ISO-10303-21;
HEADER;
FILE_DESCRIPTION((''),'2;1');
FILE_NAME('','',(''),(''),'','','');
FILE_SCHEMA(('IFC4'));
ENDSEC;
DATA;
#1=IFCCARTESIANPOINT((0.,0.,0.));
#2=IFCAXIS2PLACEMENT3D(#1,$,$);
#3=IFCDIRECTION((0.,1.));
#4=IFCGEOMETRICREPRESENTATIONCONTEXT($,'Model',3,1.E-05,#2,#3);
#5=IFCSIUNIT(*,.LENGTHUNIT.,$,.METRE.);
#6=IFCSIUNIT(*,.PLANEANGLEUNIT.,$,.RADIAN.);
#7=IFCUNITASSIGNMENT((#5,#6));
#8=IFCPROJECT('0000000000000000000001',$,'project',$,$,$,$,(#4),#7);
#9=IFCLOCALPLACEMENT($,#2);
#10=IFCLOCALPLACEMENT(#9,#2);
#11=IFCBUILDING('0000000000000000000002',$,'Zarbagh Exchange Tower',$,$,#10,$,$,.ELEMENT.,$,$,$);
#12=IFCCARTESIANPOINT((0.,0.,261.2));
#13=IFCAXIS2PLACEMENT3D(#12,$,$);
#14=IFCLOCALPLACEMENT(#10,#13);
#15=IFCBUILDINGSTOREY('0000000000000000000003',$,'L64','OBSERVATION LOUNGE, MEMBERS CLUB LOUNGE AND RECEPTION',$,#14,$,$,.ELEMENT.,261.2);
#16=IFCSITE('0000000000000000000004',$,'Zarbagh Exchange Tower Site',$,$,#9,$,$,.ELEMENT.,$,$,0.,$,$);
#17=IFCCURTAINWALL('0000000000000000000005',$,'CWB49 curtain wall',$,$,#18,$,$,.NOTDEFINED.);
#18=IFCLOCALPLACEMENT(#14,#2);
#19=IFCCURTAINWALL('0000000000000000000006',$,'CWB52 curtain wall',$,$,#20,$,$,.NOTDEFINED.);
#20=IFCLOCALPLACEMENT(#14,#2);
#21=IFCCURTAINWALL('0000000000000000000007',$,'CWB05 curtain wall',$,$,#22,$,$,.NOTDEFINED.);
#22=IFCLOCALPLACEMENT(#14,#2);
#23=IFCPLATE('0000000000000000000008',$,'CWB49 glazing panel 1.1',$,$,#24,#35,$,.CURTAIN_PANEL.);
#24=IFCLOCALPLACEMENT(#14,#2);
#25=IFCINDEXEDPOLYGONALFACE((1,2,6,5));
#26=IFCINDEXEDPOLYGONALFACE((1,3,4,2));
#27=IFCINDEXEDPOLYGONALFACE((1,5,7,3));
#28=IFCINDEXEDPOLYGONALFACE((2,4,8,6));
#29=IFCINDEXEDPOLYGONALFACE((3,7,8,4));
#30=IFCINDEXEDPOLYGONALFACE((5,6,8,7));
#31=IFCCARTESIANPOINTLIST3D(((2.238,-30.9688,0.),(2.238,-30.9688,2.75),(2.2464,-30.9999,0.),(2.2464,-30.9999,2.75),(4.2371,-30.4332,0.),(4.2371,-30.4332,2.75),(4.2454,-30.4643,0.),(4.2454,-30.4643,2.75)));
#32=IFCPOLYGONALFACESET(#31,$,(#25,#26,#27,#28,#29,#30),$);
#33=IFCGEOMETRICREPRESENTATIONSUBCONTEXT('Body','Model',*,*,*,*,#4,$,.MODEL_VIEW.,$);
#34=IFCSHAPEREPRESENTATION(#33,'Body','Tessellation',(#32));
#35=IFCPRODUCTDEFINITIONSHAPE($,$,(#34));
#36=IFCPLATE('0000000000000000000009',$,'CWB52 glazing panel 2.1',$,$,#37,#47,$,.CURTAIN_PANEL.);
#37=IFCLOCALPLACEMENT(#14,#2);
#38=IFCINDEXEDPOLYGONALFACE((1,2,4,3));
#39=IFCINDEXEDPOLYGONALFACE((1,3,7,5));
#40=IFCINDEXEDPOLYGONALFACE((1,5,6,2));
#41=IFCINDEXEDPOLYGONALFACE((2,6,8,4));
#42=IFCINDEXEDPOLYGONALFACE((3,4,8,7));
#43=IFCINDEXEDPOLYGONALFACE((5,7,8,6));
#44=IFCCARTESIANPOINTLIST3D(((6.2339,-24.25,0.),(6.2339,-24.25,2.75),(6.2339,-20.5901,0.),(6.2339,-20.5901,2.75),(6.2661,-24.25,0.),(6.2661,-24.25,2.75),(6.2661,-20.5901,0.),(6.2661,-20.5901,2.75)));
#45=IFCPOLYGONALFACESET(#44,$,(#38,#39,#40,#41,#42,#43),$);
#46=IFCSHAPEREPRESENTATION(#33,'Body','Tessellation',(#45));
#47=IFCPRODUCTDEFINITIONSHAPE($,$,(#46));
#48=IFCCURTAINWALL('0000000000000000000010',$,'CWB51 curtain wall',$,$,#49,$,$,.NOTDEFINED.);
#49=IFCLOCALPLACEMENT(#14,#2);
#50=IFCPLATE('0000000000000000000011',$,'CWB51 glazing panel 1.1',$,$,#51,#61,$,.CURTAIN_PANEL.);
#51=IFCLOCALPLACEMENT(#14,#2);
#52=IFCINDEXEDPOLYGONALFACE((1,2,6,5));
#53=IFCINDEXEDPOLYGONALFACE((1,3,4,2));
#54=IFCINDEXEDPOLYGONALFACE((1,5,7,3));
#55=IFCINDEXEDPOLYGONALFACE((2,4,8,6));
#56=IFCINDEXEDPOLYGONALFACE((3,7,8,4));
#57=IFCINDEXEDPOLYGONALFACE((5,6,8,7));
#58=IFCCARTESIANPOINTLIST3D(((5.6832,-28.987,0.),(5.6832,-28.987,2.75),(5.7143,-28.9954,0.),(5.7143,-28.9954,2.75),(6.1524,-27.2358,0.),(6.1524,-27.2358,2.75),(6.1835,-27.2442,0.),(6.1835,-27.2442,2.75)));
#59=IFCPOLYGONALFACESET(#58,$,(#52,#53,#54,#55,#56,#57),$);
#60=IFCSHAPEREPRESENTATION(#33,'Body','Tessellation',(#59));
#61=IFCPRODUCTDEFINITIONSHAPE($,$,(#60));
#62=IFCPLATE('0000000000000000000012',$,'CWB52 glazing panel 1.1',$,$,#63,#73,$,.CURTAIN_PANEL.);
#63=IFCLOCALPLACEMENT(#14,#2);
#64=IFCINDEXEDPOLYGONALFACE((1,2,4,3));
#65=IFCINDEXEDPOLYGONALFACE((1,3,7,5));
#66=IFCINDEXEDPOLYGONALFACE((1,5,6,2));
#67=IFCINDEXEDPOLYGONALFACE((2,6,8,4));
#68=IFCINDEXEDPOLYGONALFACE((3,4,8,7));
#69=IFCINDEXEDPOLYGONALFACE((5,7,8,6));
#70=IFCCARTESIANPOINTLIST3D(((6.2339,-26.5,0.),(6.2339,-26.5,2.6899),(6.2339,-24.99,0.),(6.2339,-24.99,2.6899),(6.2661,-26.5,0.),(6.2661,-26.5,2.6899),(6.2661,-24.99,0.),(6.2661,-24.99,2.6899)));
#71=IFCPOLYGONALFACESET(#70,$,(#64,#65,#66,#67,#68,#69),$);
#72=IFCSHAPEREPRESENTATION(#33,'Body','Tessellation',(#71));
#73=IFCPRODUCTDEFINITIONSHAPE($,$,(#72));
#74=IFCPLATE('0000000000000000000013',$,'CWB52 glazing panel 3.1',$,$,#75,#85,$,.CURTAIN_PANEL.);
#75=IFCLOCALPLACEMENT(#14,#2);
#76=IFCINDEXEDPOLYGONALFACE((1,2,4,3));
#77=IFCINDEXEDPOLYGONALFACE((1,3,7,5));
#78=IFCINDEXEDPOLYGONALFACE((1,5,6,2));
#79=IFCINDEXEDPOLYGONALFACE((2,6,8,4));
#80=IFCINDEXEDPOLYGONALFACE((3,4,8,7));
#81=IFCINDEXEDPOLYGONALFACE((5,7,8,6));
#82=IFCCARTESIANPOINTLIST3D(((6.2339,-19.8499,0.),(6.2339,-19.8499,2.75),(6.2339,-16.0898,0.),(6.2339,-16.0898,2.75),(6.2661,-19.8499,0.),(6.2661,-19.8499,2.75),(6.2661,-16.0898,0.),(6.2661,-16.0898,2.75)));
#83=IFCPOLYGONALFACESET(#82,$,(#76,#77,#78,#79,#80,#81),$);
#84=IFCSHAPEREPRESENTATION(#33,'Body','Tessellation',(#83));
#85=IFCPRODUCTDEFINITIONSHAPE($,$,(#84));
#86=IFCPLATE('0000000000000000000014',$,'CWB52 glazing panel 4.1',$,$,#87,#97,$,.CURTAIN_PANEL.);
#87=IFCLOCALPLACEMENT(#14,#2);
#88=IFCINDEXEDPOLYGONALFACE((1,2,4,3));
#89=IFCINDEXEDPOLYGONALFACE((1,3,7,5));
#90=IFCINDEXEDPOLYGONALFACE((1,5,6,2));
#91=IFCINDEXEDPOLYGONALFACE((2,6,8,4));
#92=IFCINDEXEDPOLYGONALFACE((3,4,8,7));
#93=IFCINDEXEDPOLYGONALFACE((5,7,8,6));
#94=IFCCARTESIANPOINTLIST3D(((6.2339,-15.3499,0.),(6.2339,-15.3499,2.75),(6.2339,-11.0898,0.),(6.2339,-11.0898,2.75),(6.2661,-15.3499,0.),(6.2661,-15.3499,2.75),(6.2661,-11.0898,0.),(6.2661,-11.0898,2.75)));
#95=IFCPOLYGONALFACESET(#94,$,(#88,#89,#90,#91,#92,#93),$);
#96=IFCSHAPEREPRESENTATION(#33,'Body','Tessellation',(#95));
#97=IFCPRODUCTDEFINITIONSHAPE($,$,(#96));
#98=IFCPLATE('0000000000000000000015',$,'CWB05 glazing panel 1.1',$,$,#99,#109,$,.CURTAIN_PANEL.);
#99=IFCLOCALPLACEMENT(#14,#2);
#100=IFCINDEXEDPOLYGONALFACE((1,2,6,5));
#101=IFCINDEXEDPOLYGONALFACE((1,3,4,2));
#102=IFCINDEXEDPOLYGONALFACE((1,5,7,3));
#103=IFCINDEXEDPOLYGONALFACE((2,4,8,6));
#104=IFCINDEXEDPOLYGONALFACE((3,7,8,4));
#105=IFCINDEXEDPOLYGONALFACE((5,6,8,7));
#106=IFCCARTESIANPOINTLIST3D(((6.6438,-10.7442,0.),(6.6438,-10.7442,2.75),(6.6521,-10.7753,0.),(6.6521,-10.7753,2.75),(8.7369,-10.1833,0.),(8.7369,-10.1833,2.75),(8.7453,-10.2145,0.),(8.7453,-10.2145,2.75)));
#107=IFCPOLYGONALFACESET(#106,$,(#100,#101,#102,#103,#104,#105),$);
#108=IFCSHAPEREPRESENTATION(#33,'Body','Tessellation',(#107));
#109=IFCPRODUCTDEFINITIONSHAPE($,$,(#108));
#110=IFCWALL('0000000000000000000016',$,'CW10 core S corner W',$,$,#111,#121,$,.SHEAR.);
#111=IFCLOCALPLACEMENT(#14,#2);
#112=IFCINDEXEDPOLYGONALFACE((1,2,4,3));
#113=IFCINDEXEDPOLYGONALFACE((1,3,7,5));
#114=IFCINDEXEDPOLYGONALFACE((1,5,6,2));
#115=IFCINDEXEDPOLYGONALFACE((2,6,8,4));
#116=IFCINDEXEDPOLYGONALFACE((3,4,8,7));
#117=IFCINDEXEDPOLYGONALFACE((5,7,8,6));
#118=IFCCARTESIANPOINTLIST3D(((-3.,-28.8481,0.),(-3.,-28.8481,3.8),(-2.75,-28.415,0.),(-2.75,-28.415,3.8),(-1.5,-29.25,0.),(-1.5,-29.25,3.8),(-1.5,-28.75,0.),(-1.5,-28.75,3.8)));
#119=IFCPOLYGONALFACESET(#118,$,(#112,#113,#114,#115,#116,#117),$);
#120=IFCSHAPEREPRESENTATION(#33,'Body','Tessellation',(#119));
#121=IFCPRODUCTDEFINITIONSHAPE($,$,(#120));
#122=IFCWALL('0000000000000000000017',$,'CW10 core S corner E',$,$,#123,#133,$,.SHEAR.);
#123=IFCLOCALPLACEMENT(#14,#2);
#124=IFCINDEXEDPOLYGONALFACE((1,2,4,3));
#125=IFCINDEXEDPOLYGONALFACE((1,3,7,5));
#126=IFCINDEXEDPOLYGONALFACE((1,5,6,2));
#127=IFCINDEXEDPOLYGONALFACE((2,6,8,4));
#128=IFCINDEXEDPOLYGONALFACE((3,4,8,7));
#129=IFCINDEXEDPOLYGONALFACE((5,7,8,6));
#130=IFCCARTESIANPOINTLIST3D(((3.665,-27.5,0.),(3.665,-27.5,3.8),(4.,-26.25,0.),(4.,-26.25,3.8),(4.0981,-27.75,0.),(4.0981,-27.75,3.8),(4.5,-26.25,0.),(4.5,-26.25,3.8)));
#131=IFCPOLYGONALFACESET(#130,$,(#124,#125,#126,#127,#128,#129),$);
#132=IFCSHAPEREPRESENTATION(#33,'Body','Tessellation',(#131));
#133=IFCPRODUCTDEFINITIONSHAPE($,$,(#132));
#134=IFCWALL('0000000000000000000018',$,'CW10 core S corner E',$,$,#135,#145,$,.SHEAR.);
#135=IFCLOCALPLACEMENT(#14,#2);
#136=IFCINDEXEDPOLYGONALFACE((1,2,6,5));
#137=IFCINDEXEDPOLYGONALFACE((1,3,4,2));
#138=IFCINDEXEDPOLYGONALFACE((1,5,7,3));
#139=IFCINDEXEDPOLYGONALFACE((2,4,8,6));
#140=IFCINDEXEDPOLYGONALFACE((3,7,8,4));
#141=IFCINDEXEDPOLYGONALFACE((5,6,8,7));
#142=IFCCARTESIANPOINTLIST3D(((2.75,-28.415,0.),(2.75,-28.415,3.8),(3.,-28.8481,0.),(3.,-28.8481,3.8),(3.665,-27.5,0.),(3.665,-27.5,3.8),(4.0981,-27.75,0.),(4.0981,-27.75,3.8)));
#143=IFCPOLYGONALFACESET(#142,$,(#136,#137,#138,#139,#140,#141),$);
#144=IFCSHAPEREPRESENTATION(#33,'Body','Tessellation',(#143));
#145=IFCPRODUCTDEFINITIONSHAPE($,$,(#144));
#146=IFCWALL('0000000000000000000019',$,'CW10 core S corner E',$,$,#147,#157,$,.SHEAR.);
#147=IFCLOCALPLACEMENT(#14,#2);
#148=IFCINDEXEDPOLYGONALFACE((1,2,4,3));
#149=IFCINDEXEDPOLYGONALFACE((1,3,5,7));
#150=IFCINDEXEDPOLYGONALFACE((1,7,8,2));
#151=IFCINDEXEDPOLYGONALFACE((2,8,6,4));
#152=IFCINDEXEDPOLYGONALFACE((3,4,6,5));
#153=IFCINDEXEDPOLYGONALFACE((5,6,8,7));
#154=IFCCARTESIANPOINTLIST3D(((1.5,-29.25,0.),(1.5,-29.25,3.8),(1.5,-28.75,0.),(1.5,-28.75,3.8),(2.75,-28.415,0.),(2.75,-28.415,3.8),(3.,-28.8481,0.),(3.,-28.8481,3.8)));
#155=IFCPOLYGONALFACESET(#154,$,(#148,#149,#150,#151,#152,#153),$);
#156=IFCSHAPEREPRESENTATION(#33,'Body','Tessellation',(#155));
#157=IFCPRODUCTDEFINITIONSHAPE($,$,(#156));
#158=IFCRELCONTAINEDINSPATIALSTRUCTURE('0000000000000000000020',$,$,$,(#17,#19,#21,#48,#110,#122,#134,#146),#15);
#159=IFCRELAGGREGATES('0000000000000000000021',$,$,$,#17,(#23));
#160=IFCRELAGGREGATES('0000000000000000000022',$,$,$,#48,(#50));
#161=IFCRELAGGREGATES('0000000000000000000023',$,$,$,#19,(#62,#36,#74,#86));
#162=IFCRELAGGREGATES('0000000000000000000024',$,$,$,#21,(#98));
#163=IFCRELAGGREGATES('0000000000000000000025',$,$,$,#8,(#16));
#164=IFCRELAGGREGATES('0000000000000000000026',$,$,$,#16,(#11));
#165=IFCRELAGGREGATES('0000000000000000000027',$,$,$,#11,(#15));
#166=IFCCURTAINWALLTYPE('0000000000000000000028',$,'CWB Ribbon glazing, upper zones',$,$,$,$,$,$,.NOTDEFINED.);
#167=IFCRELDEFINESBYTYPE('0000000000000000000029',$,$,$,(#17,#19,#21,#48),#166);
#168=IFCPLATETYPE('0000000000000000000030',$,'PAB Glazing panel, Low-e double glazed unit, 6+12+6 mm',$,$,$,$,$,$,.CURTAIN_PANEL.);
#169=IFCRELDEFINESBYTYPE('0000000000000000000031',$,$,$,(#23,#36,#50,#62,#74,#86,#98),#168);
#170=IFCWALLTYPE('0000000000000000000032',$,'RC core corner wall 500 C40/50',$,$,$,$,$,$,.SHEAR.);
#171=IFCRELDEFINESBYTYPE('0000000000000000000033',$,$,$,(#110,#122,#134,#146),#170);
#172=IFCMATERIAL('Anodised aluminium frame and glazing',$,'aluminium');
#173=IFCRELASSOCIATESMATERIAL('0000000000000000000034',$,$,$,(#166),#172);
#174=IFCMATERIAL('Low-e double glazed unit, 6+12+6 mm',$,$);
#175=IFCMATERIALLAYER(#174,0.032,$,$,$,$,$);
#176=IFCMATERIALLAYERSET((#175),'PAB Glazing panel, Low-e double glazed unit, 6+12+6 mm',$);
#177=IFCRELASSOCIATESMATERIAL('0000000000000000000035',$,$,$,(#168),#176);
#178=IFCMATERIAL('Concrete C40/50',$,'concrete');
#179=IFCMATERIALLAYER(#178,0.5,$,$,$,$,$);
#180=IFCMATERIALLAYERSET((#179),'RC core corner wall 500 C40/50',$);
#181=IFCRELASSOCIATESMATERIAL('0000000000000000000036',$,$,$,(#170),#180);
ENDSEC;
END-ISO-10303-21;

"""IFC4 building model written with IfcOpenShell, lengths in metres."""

from ifc_helpers import new_model, si_unit, direction, frame, origin, place, context, subcontext, project, spatial, polyline, outline, extrude, source, transform, mapped, material, layer, layer_set, type_object, element, aggregate, save


model = new_model("IFC4")

# Units and contexts
model_context = context("Model", 3, precision=1e-05, world=origin(), true_north=direction((0.0, 1.0)))
body_context = subcontext(model_context, "Body", "Model", "MODEL_VIEW")
ifc_project = project(units=[si_unit("LENGTHUNIT", "METRE"), si_unit("PLANEANGLEUNIT", "RADIAN")], contexts=[model_context])

# Site, building, storey
site_placement = place(None, origin())
site = spatial("IfcSite", under=ifc_project, at=site_placement, Name="Zarbagh Exchange Tower Site", CompositionType="ELEMENT", RefElevation=0.0)
building_placement = place(site_placement, origin())
building = spatial("IfcBuilding", under=site, at=building_placement, Name="Zarbagh Exchange Tower", CompositionType="ELEMENT")
storey_placement = place(building_placement, frame((0.0, 0.0, 261.2)))
storey = spatial("IfcBuildingStorey", under=building, at=storey_placement, Name="L64", Description="OBSERVATION LOUNGE, MEMBERS CLUB LOUNGE AND RECEPTION", CompositionType="ELEMENT", Elevation=261.2)

# Curtain wall
ifc_material_1 = material(Name="Anodised aluminium frame and glazing", Category="aluminium")
curtain_wall_type = type_object("IfcCurtainWallType", Name="CWB Ribbon glazing, upper zones", PredefinedType="NOTDEFINED", material=ifc_material_1)
curtain_wall_1_placement = place(storey_placement, origin())
curtain_wall_1 = element("IfcCurtainWall", 1, at=curtain_wall_1_placement, inside=storey, type_object=curtain_wall_type, Name="CWB49 curtain wall", PredefinedType="NOTDEFINED")
placement = place(storey_placement, origin())

# Curtain wall
curtain_wall_2_placement = place(storey_placement, origin())
curtain_wall_2 = element("IfcCurtainWall", 2, at=curtain_wall_2_placement, inside=storey, type_object=curtain_wall_type, Name="CWB52 curtain wall", PredefinedType="NOTDEFINED")

# Curtain wall
curtain_wall_3_placement = place(storey_placement, origin())
curtain_wall_3 = element("IfcCurtainWall", 3, at=curtain_wall_3_placement, inside=storey, type_object=curtain_wall_type, Name="CWB05 curtain wall", PredefinedType="NOTDEFINED")

# Shared definitions
ifc_material_2 = material(Name="Concrete C40/50", Category="concrete")

# Shared definitions
ifc_material_3 = material(Name="Low-e double glazed unit, 6+12+6 mm")
ifc_layer_1 = layer(ifc_material_3, 0.032)
ifc_layer_set_1 = layer_set([ifc_layer_1], Name="PAB Glazing panel, Low-e double glazed unit, 6+12+6 mm")
plate_type = type_object("IfcPlateType", Name="PAB Glazing panel, Low-e double glazed unit, 6+12+6 mm", PredefinedType="CURTAIN_PANEL", material=ifc_layer_set_1)

# Plates
shared_shape_1 = source(origin(), body_context, "Body", "SweptSolid", [
    extrude(outline(polyline([(0.0, -0.0161), (2.0696, -0.0161), (2.0696, 0.0161), (0.0, 0.0161), (0.0, -0.0161)])), origin(), (0.0, 0.0, 1.0), 2.75),
])
plate_1 = element("IfcPlate", 4, at=placement, type_object=plate_type, Name="CWB49 glazing panel 1.1", PredefinedType="CURTAIN_PANEL", context=body_context, shape_type="MappedRepresentation", body=[
    mapped(shared_shape_1, transform((2.2422, -30.9844, 0.0), x_axis=(0.965924, 0.258825, 0.0), y_axis=(-0.258825, 0.965924, 0.0), z_axis=(0.0, 0.0, 1.0))),
])
aggregate(curtain_wall_1, [plate_1])
shared_shape_2 = source(origin(), body_context, "Body", "SweptSolid", [
    extrude(outline(polyline([(0.0, -0.0161), (3.6599, -0.0161), (3.6599, 0.0161), (0.0, 0.0161), (0.0, -0.0161)])), origin(), (0.0, 0.0, 1.0), 2.75),
])
plate_2 = element("IfcPlate", 5, at=placement, type_object=plate_type, Name="CWB52 glazing panel 2.1", PredefinedType="CURTAIN_PANEL", context=body_context, shape_type="MappedRepresentation", body=[
    mapped(shared_shape_2, transform((6.25, -24.25, 0.0), x_axis=(0.0, 1.0, 0.0), y_axis=(-1.0, 0.0, 0.0), z_axis=(0.0, 0.0, 1.0))),
])

# Curtain wall, plate
curtain_wall_4_placement = place(storey_placement, origin())
curtain_wall_4 = element("IfcCurtainWall", 6, at=curtain_wall_4_placement, inside=storey, type_object=curtain_wall_type, Name="CWB51 curtain wall", PredefinedType="NOTDEFINED")
shared_shape_3 = source(origin(), body_context, "Body", "SweptSolid", [
    extrude(outline(polyline([(0.0, -0.0161), (1.813, -0.0161), (1.813, 0.0161), (0.0, 0.0161), (0.0, -0.0161)])), origin(), (0.0, 0.0, 1.0), 2.75),
])
plate_3 = element("IfcPlate", 7, at=placement, type_object=plate_type, Name="CWB51 glazing panel 1.1", PredefinedType="CURTAIN_PANEL", context=body_context, shape_type="MappedRepresentation", body=[
    mapped(shared_shape_3, transform((5.6987, -28.9912, 0.0), x_axis=(0.258825, 0.965924, 0.0), y_axis=(-0.965924, 0.258825, 0.0), z_axis=(0.0, 0.0, 1.0))),
])
aggregate(curtain_wall_4, [plate_3])

# Plates
shared_shape_4 = source(origin(), body_context, "Body", "SweptSolid", [
    extrude(outline(polyline([(0.0, -0.0161), (1.51, -0.0161), (1.51, 0.0161), (0.0, 0.0161), (0.0, -0.0161)])), origin(), (0.0, 0.0, 1.0), 2.6899),
])
plate_4 = element("IfcPlate", 8, at=placement, type_object=plate_type, Name="CWB52 glazing panel 1.1", PredefinedType="CURTAIN_PANEL", context=body_context, shape_type="MappedRepresentation", body=[
    mapped(shared_shape_4, transform((6.25, -26.5, 0.0), x_axis=(0.0, 1.0, 0.0), y_axis=(-1.0, 0.0, 0.0), z_axis=(0.0, 0.0, 1.0))),
])
shared_shape_5 = source(origin(), body_context, "Body", "SweptSolid", [
    extrude(outline(polyline([(0.0, -0.0161), (3.76, -0.0161), (3.76, 0.0161), (0.0, 0.0161), (0.0, -0.0161)])), origin(), (0.0, 0.0, 1.0), 2.75),
])
plate_5 = element("IfcPlate", 9, at=placement, type_object=plate_type, Name="CWB52 glazing panel 3.1", PredefinedType="CURTAIN_PANEL", context=body_context, shape_type="MappedRepresentation", body=[
    mapped(shared_shape_5, transform((6.25, -19.8499, 0.0), x_axis=(0.0, 1.0, 0.0), y_axis=(-1.0, 0.0, 0.0), z_axis=(0.0, 0.0, 1.0))),
])
shared_shape_6 = source(origin(), body_context, "Body", "SweptSolid", [
    extrude(outline(polyline([(0.0, -0.0161), (4.26, -0.0161), (4.26, 0.0161), (0.0, 0.0161), (0.0, -0.0161)])), origin(), (0.0, 0.0, 1.0), 2.75),
])
plate_6 = element("IfcPlate", 10, at=placement, type_object=plate_type, Name="CWB52 glazing panel 4.1", PredefinedType="CURTAIN_PANEL", context=body_context, shape_type="MappedRepresentation", body=[
    mapped(shared_shape_6, transform((6.25, -15.3499, 0.0), x_axis=(0.0, 1.0, 0.0), y_axis=(-1.0, 0.0, 0.0), z_axis=(0.0, 0.0, 1.0))),
])
aggregate(curtain_wall_2, [plate_4, plate_2, plate_5, plate_6])
shared_shape_7 = source(origin(), body_context, "Body", "SweptSolid", [
    extrude(outline(polyline([(0.0, -0.0161), (2.167, -0.0161), (2.167, 0.0161), (0.0, 0.0161), (0.0, -0.0161)])), origin(), (0.0, 0.0, 1.0), 2.75),
])
plate_7 = element("IfcPlate", 11, at=placement, type_object=plate_type, Name="CWB05 glazing panel 1.1", PredefinedType="CURTAIN_PANEL", context=body_context, shape_type="MappedRepresentation", body=[
    mapped(shared_shape_7, transform((6.6479, -10.7598, 0.0), x_axis=(0.965924, 0.258825, 0.0), y_axis=(-0.258825, 0.965924, 0.0), z_axis=(0.0, 0.0, 1.0))),
])
aggregate(curtain_wall_3, [plate_7])

# Walls
ifc_layer_2 = layer(ifc_material_2, 0.5)
ifc_layer_set_2 = layer_set([ifc_layer_2], Name="RC core corner wall 500 C40/50")
wall_type = type_object("IfcWallType", Name="RC core corner wall 500 C40/50", PredefinedType="SHEAR", material=ifc_layer_set_2)
wall_1_placement = place(storey_placement, origin())
element("IfcWall", 12, at=wall_1_placement, inside=storey, type_object=wall_type, Name="CW10 core S corner W", PredefinedType="SHEAR", context=body_context, shape_type="SweptSolid", body=[
    extrude(outline(polyline([(-3.0, -28.8481), (-1.5, -29.25), (-1.5, -28.75), (-2.75, -28.415), (-3.0, -28.8481)])), origin(), (0.0, 0.0, 1.0), 3.8),
])
wall_2_placement = place(storey_placement, origin())
element("IfcWall", 13, at=wall_2_placement, inside=storey, type_object=wall_type, Name="CW10 core S corner E", PredefinedType="SHEAR", context=body_context, shape_type="SweptSolid", body=[
    extrude(outline(polyline([(4.5, -26.25), (4.0981, -27.75), (3.665, -27.5), (4.0, -26.25), (4.5, -26.25)])), origin(), (0.0, 0.0, 1.0), 3.8),
])
wall_3_placement = place(storey_placement, origin())
element("IfcWall", 14, at=wall_3_placement, inside=storey, type_object=wall_type, Name="CW10 core S corner E", PredefinedType="SHEAR", context=body_context, shape_type="SweptSolid", body=[
    extrude(outline(polyline([(4.0981, -27.75), (3.0, -28.8481), (2.75, -28.415), (3.665, -27.5), (4.0981, -27.75)])), origin(), (0.0, 0.0, 1.0), 3.8),
])
wall_4_placement = place(storey_placement, origin())
element("IfcWall", 15, at=wall_4_placement, inside=storey, type_object=wall_type, Name="CW10 core S corner E", PredefinedType="SHEAR", context=body_context, shape_type="SweptSolid", body=[
    extrude(outline(polyline([(3.0, -28.8481), (1.5, -29.25), (1.5, -28.75), (2.75, -28.415), (3.0, -28.8481)])), origin(), (0.0, 0.0, 1.0), 3.8),
])

save(model, "model.ifc")
